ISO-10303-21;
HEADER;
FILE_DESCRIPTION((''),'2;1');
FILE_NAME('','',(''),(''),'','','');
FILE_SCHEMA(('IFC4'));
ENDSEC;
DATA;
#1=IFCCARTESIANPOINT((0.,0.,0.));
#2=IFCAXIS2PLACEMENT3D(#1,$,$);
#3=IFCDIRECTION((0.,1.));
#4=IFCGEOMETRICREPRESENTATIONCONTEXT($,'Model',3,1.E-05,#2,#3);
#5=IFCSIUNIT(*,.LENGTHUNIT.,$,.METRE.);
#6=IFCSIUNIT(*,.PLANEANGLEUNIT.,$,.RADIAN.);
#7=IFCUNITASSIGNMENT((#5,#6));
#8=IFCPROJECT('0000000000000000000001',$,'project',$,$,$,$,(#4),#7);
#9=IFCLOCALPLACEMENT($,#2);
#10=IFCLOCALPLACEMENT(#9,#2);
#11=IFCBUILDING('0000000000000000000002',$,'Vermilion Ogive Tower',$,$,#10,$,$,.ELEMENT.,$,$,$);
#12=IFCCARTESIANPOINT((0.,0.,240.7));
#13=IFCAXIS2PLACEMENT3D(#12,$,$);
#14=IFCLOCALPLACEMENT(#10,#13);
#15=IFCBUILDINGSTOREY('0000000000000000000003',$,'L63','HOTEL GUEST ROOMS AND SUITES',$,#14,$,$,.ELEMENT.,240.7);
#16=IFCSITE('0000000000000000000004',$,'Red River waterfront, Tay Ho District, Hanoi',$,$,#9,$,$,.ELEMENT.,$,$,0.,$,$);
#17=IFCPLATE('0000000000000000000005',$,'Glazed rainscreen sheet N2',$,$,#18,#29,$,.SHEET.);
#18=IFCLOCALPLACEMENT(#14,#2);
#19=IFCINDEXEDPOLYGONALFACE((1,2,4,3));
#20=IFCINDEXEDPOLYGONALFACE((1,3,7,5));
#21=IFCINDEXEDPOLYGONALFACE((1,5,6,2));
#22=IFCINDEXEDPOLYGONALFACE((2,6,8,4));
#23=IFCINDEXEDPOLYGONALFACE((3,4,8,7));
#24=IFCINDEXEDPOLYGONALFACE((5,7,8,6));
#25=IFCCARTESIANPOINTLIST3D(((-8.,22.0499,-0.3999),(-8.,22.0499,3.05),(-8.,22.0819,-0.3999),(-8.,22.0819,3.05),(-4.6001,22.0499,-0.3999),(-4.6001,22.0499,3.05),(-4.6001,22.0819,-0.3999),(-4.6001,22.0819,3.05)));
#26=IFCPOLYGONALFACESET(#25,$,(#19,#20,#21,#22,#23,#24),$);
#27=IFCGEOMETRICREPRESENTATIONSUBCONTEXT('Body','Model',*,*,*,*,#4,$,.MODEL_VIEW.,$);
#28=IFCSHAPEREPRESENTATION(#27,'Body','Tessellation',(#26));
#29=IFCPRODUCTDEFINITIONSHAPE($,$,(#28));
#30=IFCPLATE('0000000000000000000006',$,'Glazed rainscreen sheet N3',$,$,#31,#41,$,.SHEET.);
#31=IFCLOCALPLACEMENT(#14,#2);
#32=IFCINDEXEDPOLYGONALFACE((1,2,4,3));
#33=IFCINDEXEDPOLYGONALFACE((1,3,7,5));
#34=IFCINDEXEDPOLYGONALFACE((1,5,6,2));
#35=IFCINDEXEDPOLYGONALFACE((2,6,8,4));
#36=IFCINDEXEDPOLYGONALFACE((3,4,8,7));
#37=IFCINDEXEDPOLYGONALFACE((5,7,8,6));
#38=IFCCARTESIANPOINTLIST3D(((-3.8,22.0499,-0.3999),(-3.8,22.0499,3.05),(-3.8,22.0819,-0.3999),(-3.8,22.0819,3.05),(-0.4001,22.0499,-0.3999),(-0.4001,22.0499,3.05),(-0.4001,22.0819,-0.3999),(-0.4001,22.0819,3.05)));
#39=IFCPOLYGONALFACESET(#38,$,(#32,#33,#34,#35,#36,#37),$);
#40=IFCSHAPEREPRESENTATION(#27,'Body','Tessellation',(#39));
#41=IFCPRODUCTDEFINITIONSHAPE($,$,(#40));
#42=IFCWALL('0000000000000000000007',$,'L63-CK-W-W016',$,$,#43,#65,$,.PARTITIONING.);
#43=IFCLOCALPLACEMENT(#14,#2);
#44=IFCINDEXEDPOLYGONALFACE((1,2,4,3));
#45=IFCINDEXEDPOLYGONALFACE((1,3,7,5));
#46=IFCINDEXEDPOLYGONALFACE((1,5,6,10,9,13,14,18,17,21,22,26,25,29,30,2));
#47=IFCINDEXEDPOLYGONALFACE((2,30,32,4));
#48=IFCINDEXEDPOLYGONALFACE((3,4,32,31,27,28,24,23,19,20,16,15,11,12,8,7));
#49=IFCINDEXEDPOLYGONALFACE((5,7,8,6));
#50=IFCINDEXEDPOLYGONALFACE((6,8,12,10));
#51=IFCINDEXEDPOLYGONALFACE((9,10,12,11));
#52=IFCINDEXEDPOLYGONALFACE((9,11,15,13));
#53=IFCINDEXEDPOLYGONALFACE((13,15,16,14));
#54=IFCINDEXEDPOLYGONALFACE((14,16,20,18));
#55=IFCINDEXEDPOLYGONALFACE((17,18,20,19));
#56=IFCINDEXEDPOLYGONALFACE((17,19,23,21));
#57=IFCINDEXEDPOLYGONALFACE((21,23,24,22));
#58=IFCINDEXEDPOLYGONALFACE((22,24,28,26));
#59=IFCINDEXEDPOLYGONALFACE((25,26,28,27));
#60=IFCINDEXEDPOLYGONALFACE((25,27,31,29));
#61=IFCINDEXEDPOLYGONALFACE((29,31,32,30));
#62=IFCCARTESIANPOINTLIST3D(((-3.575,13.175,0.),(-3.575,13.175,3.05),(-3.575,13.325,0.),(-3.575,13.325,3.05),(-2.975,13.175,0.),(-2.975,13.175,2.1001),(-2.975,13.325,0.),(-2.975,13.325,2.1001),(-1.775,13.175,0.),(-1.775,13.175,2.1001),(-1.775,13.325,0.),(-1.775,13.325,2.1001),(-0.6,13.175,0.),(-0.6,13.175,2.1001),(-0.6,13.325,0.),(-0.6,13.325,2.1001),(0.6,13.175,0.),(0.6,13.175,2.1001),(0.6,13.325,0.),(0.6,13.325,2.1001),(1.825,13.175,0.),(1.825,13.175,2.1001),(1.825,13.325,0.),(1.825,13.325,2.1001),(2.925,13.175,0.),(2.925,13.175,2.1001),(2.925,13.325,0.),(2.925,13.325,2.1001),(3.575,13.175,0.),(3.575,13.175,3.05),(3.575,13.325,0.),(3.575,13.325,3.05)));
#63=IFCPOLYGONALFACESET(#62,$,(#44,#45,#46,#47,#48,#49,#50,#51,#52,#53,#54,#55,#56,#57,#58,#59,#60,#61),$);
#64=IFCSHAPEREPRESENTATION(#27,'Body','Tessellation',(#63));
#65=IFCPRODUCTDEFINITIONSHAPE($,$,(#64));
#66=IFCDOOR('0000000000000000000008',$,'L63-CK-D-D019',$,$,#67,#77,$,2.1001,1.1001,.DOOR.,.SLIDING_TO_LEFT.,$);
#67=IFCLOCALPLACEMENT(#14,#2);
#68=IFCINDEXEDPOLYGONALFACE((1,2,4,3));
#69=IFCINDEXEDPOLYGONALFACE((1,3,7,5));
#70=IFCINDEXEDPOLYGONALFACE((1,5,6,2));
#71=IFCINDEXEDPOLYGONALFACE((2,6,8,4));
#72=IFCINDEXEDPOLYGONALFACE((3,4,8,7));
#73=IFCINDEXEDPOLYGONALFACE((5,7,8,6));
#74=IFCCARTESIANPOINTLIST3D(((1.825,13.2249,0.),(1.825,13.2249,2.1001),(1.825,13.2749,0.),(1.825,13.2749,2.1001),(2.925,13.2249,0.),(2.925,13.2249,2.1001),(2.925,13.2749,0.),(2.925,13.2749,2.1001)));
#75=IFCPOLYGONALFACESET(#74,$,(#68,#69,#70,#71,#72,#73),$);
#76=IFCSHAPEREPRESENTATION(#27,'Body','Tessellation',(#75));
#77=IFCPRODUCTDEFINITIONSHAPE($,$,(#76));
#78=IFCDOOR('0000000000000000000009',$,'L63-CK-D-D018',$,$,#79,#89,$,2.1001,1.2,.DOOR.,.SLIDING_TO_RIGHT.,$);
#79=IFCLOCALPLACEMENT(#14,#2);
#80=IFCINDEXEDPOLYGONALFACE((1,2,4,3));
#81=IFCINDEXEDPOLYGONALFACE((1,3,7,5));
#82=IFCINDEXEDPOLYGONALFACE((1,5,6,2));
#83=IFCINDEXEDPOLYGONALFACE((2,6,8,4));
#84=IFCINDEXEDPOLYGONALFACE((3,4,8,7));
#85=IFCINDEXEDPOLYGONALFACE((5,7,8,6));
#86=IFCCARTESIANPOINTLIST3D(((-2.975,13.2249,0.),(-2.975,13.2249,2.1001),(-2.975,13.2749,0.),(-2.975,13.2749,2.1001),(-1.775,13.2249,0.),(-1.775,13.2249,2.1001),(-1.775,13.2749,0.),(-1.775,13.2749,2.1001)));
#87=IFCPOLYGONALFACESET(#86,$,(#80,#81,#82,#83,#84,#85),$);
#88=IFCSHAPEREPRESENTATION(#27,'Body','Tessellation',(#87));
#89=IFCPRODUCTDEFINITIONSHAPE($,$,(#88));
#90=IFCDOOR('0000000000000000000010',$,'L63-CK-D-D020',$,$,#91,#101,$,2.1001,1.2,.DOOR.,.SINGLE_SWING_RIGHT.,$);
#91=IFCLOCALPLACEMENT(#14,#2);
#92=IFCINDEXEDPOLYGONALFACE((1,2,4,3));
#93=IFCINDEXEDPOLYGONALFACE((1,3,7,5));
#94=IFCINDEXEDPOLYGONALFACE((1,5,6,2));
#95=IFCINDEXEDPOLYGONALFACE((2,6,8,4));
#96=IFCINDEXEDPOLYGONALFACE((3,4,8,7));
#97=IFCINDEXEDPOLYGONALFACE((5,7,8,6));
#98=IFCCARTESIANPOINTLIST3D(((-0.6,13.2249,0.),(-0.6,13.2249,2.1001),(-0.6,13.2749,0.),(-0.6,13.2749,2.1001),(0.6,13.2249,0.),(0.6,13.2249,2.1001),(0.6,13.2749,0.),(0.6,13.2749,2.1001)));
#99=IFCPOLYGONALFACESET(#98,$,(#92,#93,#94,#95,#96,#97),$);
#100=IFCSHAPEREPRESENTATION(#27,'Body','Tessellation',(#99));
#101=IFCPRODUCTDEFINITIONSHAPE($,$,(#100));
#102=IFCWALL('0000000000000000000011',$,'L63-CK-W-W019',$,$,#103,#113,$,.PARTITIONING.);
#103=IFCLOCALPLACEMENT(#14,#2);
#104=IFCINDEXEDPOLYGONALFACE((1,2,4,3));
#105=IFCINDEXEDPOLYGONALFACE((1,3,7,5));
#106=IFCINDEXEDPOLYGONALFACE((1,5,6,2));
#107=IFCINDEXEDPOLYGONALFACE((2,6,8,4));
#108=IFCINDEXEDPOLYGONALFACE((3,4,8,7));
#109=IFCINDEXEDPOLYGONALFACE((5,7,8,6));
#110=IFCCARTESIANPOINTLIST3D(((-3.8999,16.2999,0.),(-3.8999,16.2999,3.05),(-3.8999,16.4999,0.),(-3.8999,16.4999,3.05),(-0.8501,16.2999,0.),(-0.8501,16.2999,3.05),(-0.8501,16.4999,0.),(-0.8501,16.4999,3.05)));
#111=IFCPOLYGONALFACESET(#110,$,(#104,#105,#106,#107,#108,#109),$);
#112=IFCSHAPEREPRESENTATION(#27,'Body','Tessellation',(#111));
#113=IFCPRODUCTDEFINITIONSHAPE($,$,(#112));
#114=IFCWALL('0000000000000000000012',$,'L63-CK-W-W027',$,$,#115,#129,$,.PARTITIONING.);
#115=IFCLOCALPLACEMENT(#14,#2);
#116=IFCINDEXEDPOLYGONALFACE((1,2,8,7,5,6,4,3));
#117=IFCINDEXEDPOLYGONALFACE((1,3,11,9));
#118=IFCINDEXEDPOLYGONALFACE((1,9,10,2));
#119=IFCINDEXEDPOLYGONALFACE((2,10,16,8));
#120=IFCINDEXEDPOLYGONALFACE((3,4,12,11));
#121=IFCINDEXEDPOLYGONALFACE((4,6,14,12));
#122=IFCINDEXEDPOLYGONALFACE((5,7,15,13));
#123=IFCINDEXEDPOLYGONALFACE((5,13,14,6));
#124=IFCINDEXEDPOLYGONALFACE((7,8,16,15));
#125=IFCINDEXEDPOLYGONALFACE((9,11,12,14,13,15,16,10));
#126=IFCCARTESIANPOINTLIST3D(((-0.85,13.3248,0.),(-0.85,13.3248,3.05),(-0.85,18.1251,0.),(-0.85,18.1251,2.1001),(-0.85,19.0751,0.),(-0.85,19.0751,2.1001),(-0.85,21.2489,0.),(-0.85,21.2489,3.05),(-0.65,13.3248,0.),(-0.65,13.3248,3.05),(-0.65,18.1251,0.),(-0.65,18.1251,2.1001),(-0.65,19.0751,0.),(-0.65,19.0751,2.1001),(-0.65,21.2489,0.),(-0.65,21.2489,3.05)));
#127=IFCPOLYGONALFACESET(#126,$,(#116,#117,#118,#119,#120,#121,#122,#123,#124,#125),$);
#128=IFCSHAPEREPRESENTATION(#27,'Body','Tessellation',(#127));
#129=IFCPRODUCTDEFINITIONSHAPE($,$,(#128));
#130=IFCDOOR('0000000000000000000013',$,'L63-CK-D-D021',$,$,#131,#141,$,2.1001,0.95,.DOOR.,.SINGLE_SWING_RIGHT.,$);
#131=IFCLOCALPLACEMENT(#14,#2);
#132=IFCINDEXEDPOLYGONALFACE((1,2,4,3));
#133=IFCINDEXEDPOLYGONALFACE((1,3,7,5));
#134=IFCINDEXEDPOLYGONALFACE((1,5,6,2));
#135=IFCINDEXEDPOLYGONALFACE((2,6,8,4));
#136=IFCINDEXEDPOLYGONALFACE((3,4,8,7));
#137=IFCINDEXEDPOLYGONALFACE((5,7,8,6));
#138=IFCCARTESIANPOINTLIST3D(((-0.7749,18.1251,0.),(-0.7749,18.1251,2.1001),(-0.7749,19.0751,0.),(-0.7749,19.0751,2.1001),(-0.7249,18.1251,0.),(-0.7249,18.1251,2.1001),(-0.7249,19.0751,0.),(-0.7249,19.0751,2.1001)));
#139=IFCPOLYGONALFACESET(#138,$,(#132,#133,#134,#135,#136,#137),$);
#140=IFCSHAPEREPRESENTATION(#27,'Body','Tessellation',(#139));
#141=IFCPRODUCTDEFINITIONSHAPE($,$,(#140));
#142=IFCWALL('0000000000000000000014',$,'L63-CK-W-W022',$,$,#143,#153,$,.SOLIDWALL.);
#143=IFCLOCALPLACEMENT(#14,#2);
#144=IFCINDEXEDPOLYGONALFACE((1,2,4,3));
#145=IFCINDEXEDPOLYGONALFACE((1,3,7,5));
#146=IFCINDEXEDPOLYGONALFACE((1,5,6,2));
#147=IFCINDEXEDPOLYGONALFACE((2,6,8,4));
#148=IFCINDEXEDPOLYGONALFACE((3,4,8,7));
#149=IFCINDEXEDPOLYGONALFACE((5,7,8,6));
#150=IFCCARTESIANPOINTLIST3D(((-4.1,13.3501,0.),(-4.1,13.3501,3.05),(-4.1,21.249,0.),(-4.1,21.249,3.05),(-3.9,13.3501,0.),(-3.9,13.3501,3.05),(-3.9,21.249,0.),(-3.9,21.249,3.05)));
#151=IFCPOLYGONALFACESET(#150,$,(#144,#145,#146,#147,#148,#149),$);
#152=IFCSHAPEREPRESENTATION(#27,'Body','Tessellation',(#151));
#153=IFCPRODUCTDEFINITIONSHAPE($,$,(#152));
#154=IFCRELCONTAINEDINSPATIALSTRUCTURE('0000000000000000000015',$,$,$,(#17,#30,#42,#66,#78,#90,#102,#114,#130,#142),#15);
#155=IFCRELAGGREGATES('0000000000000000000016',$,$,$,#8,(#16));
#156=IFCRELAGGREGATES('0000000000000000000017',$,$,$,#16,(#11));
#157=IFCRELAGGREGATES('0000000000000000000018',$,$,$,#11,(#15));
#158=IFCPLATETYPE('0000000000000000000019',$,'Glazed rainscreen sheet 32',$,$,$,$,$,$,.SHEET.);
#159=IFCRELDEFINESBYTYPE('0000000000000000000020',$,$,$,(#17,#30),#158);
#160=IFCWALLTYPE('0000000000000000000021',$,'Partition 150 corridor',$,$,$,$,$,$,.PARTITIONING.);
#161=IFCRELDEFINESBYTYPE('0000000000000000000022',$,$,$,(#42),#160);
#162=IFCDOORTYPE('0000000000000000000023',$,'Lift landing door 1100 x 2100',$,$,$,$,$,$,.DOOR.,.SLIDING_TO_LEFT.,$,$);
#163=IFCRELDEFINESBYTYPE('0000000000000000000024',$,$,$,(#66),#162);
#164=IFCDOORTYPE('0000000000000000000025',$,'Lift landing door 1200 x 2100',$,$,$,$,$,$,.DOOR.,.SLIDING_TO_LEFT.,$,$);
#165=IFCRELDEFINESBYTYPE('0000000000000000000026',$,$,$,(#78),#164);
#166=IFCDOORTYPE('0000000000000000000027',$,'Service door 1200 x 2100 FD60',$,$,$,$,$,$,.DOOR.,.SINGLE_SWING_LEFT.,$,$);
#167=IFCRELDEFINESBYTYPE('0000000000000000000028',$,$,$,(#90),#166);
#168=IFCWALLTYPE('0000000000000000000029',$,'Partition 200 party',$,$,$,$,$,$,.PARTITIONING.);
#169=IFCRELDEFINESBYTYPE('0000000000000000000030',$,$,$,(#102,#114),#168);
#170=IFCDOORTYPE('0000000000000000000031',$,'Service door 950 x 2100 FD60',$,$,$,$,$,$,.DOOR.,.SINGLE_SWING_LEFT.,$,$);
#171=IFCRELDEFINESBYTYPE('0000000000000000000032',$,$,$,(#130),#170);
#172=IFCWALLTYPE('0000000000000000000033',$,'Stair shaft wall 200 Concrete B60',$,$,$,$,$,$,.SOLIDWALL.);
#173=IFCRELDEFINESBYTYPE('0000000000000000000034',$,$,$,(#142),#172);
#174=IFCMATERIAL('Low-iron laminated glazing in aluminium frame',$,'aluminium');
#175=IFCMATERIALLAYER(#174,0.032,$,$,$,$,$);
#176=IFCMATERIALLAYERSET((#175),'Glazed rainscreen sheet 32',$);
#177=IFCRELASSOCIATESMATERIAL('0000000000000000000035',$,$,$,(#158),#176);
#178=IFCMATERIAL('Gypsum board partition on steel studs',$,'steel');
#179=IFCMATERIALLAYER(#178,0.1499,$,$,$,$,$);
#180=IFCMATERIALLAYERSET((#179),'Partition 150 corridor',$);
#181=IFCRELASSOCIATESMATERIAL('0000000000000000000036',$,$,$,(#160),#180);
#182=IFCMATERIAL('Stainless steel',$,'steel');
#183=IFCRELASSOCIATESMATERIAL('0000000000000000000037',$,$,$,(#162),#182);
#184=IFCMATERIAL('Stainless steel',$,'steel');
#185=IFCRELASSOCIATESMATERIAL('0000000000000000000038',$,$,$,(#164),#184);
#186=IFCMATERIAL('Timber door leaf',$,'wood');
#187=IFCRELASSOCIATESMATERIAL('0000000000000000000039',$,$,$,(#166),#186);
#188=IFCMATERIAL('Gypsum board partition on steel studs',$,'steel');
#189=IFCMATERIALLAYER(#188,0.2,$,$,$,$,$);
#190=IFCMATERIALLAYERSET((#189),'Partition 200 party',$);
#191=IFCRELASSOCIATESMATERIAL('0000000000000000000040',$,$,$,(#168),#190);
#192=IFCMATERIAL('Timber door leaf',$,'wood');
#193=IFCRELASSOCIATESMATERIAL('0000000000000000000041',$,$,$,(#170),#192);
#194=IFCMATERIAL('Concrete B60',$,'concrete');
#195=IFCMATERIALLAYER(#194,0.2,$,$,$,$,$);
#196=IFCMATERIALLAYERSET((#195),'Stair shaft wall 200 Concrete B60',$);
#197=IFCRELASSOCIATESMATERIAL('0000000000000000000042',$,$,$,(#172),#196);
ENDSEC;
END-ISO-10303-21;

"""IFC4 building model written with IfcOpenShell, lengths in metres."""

from ifc_helpers import new_model, si_unit, direction, frame, frame_2d, origin, origin_2d, place, context, subcontext, project, spatial, rectangle, extrude, material, layer, layer_set, type_object, element, fill, save


model = new_model("IFC4")

# Units and contexts
model_context = context("Model", 3, precision=1e-05, world=origin(), true_north=direction((0.0, 1.0)))
body_context = subcontext(model_context, "Body", "Model", "MODEL_VIEW")
ifc_project = project(units=[si_unit("LENGTHUNIT", "METRE"), si_unit("PLANEANGLEUNIT", "RADIAN")], contexts=[model_context])

# Site, building, storey
site_placement = place(None, origin())
site = spatial("IfcSite", under=ifc_project, at=site_placement, Name="Red River waterfront, Tay Ho District, Hanoi", CompositionType="ELEMENT", RefElevation=0.0)
building_placement = place(site_placement, origin())
building = spatial("IfcBuilding", under=site, at=building_placement, Name="Vermilion Ogive Tower", CompositionType="ELEMENT")
storey_placement = place(building_placement, frame((0.0, 0.0, 240.7)))
storey = spatial("IfcBuildingStorey", under=building, at=storey_placement, Name="L63", Description="HOTEL GUEST ROOMS AND SUITES", CompositionType="ELEMENT", Elevation=240.7)

# Plates
ifc_material_1 = material(Name="Low-iron laminated glazing in aluminium frame", Category="aluminium")
ifc_layer_1 = layer(ifc_material_1, 0.032)
ifc_layer_set_1 = layer_set([ifc_layer_1], Name="Glazed rainscreen sheet 32")
plate_type = type_object("IfcPlateType", Name="Glazed rainscreen sheet 32", PredefinedType="SHEET", material=ifc_layer_set_1)
for number, where, z_axis, x_axis, name in (
    (1, (-6.3, 22.0659, -0.3999), (0.0, 0.0, 1.0), (1.0, 0.0, 0.0), "Glazed rainscreen sheet N2"),
    (2, (-2.1001, 22.0659, -0.3999), (0.0, 0.0, 1.0), (1.0, 0.0, 0.0), "Glazed rainscreen sheet N3"),
):
    element("IfcPlate", number, at=place(storey_placement, frame(where, z_axis=z_axis, x_axis=x_axis)), inside=storey, type_object=plate_type, Name=name, PredefinedType="SHEET", context=body_context, shape_type="SweptSolid", body=[
        extrude(rectangle(XDim=3.3999, YDim=0.032, at=origin_2d()), origin(), (0.0, 0.0, 1.0), 3.45),
    ])

# Wall, openings, doors
ifc_material_2 = material(Name="Gypsum board partition on steel studs", Category="steel")
ifc_layer_2 = layer(ifc_material_2, 0.1499)
ifc_layer_set_2 = layer_set([ifc_layer_2], Name="Partition 150 corridor")
wall_type_1 = type_object("IfcWallType", Name="Partition 150 corridor", PredefinedType="PARTITIONING", material=ifc_layer_set_2)
wall_1_placement = place(storey_placement, frame((-3.575, 13.25, 0.0), z_axis=(0.0, 0.0, 1.0), x_axis=(1.0, 0.0, 0.0)))
wall_1 = element("IfcWall", 3, at=wall_1_placement, inside=storey, type_object=wall_type_1, Name="L63-CK-W-W016", PredefinedType="PARTITIONING", context=body_context, shape_type="SweptSolid", body=[
    extrude(rectangle(XDim=7.1499, YDim=0.1499, at=frame_2d((3.575, 0.0))), origin(), (0.0, 0.0, 1.0), 3.05),
])
opening_1_placement = place(wall_1_placement, frame((0.5999, 0.0, 0.0)))
opening_1 = element("IfcOpeningElement", 4, at=opening_1_placement, cuts=wall_1, PredefinedType="OPENING", context=body_context, shape_type="SweptSolid", body=[
    extrude(rectangle(XDim=1.2, YDim=2.1001, at=frame_2d((0.6001, 1.05))), frame((0.0, 0.085, 0.0), z_axis=(0.0, -1.0, 0.0), x_axis=(1.0, 0.0, 0.0)), (0.0, 0.0, 1.0), 0.1699),
])
opening_2_placement = place(wall_1_placement, frame((5.3999, 0.0, 0.0)))
opening_2 = element("IfcOpeningElement", 5, at=opening_2_placement, cuts=wall_1, PredefinedType="OPENING", context=body_context, shape_type="SweptSolid", body=[
    extrude(rectangle(XDim=1.1001, YDim=2.1001, at=frame_2d((0.55, 1.05))), frame((0.0, 0.085, 0.0), z_axis=(0.0, -1.0, 0.0), x_axis=(1.0, 0.0, 0.0)), (0.0, 0.0, 1.0), 0.1699),
])
opening_3_placement = place(wall_1_placement, frame((2.9749, 0.0, 0.0)))
opening_3 = element("IfcOpeningElement", 6, at=opening_3_placement, cuts=wall_1, PredefinedType="OPENING", context=body_context, shape_type="SweptSolid", body=[
    extrude(rectangle(XDim=1.2, YDim=2.1001, at=frame_2d((0.6001, 1.05))), frame((0.0, 0.085, 0.0), z_axis=(0.0, -1.0, 0.0), x_axis=(1.0, 0.0, 0.0)), (0.0, 0.0, 1.0), 0.1699),
])
ifc_material_3 = material(Name="Stainless steel", Category="steel")
door_type_1 = type_object("IfcDoorType", Name="Lift landing door 1100 x 2100", OperationType="SLIDING_TO_LEFT", PredefinedType="DOOR", material=ifc_material_3)
door_1_placement = place(opening_2_placement, origin())
door_1 = element("IfcDoor", 7, at=door_1_placement, inside=storey, type_object=door_type_1, Name="L63-CK-D-D019", OperationType="SLIDING_TO_LEFT", OverallHeight=2.1001, OverallWidth=1.1001, PredefinedType="DOOR", context=body_context, shape_type="SweptSolid", body=[
    extrude(rectangle(XDim=1.1001, YDim=2.1001, at=frame_2d((0.55, 1.05))), frame((0.0, 0.0249, 0.0), z_axis=(0.0, -1.0, 0.0), x_axis=(1.0, 0.0, 0.0)), (0.0, 0.0, 1.0), 0.05),
])
fill(opening_2, door_1)
ifc_material_4 = material(Name="Stainless steel", Category="steel")
door_type_2 = type_object("IfcDoorType", Name="Lift landing door 1200 x 2100", OperationType="SLIDING_TO_LEFT", PredefinedType="DOOR", material=ifc_material_4)
door_2_placement = place(opening_1_placement, origin())
door_2 = element("IfcDoor", 8, at=door_2_placement, inside=storey, type_object=door_type_2, Name="L63-CK-D-D018", OperationType="SLIDING_TO_RIGHT", OverallHeight=2.1001, OverallWidth=1.2, PredefinedType="DOOR", context=body_context, shape_type="SweptSolid", body=[
    extrude(rectangle(XDim=1.2, YDim=2.1001, at=frame_2d((0.6001, 1.05))), frame((0.0, 0.0249, 0.0), z_axis=(0.0, -1.0, 0.0), x_axis=(1.0, 0.0, 0.0)), (0.0, 0.0, 1.0), 0.05),
])
fill(opening_1, door_2)
ifc_material_5 = material(Name="Timber door leaf", Category="wood")
door_type_3 = type_object("IfcDoorType", Name="Service door 1200 x 2100 FD60", OperationType="SINGLE_SWING_LEFT", PredefinedType="DOOR", material=ifc_material_5)
door_3_placement = place(opening_3_placement, origin())
door_3 = element("IfcDoor", 9, at=door_3_placement, inside=storey, type_object=door_type_3, Name="L63-CK-D-D020", OperationType="SINGLE_SWING_RIGHT", OverallHeight=2.1001, OverallWidth=1.2, PredefinedType="DOOR", context=body_context, shape_type="SweptSolid", body=[
    extrude(rectangle(XDim=1.2, YDim=2.1001, at=frame_2d((0.6001, 1.05))), frame((0.0, 0.0249, 0.0), z_axis=(0.0, -1.0, 0.0), x_axis=(1.0, 0.0, 0.0)), (0.0, 0.0, 1.0), 0.05),
])
fill(opening_3, door_3)

# Wall
ifc_material_6 = material(Name="Gypsum board partition on steel studs", Category="steel")
ifc_layer_3 = layer(ifc_material_6, 0.2)
ifc_layer_set_3 = layer_set([ifc_layer_3], Name="Partition 200 party")
wall_type_2 = type_object("IfcWallType", Name="Partition 200 party", PredefinedType="PARTITIONING", material=ifc_layer_set_3)
wall_2_placement = place(storey_placement, frame((-3.8999, 16.3999, 0.0), z_axis=(0.0, 0.0, 1.0), x_axis=(1.0, 0.0, 0.0)))
element("IfcWall", 10, at=wall_2_placement, inside=storey, type_object=wall_type_2, Name="L63-CK-W-W019", PredefinedType="PARTITIONING", context=body_context, shape_type="SweptSolid", body=[
    extrude(rectangle(XDim=3.0498, YDim=0.2, at=frame_2d((1.5249, 0.0))), origin(), (0.0, 0.0, 1.0), 3.05),
])

# Wall, opening, door
wall_3_placement = place(storey_placement, frame((-0.75, 13.325, 0.0), z_axis=(0.0, 0.0, 1.0), x_axis=(0.0, 1.0, 0.0)))
wall_3 = element("IfcWall", 11, at=wall_3_placement, inside=storey, type_object=wall_type_2, Name="L63-CK-W-W027", PredefinedType="PARTITIONING", context=body_context, shape_type="SweptSolid", body=[
    extrude(rectangle(XDim=7.9241, YDim=0.2, at=frame_2d((3.9619, 0.0))), origin(), (0.0, 0.0, 1.0), 3.05),
])
opening_4_placement = place(wall_3_placement, frame((4.8, 0.0, 0.0)))
opening_4 = element("IfcOpeningElement", 12, at=opening_4_placement, cuts=wall_3, PredefinedType="OPENING", context=body_context, shape_type="SweptSolid", body=[
    extrude(rectangle(XDim=0.95, YDim=2.1001, at=frame_2d((0.4751, 1.05))), frame((0.0, 0.1099, 0.0), z_axis=(0.0, -1.0, 0.0), x_axis=(1.0, 0.0, 0.0)), (0.0, 0.0, 1.0), 0.22),
])
ifc_material_7 = material(Name="Timber door leaf", Category="wood")
door_type_4 = type_object("IfcDoorType", Name="Service door 950 x 2100 FD60", OperationType="SINGLE_SWING_LEFT", PredefinedType="DOOR", material=ifc_material_7)
door_4_placement = place(opening_4_placement, origin())
door_4 = element("IfcDoor", 13, at=door_4_placement, inside=storey, type_object=door_type_4, Name="L63-CK-D-D021", OperationType="SINGLE_SWING_RIGHT", OverallHeight=2.1001, OverallWidth=0.95, PredefinedType="DOOR", context=body_context, shape_type="SweptSolid", body=[
    extrude(rectangle(XDim=0.95, YDim=2.1001, at=frame_2d((0.4751, 1.05))), frame((0.0, 0.0249, 0.0), z_axis=(0.0, -1.0, 0.0), x_axis=(1.0, 0.0, 0.0)), (0.0, 0.0, 1.0), 0.05),
])
fill(opening_4, door_4)

# Wall
ifc_material_8 = material(Name="Concrete B60", Category="concrete")
ifc_layer_4 = layer(ifc_material_8, 0.2)
ifc_layer_set_4 = layer_set([ifc_layer_4], Name="Stair shaft wall 200 Concrete B60")
wall_type_3 = type_object("IfcWallType", Name="Stair shaft wall 200 Concrete B60", PredefinedType="SOLIDWALL", material=ifc_layer_set_4)
wall_4_placement = place(storey_placement, frame((-4.0, 13.3501, 0.0), z_axis=(0.0, 0.0, 1.0), x_axis=(0.0, 1.0, 0.0)))
element("IfcWall", 14, at=wall_4_placement, inside=storey, type_object=wall_type_3, Name="L63-CK-W-W022", PredefinedType="SOLIDWALL", context=body_context, shape_type="SweptSolid", body=[
    extrude(rectangle(XDim=7.8989, YDim=0.2, at=frame_2d((3.9495, 0.0))), origin(), (0.0, 0.0, 1.0), 3.05),
])

save(model, "model.ifc")
